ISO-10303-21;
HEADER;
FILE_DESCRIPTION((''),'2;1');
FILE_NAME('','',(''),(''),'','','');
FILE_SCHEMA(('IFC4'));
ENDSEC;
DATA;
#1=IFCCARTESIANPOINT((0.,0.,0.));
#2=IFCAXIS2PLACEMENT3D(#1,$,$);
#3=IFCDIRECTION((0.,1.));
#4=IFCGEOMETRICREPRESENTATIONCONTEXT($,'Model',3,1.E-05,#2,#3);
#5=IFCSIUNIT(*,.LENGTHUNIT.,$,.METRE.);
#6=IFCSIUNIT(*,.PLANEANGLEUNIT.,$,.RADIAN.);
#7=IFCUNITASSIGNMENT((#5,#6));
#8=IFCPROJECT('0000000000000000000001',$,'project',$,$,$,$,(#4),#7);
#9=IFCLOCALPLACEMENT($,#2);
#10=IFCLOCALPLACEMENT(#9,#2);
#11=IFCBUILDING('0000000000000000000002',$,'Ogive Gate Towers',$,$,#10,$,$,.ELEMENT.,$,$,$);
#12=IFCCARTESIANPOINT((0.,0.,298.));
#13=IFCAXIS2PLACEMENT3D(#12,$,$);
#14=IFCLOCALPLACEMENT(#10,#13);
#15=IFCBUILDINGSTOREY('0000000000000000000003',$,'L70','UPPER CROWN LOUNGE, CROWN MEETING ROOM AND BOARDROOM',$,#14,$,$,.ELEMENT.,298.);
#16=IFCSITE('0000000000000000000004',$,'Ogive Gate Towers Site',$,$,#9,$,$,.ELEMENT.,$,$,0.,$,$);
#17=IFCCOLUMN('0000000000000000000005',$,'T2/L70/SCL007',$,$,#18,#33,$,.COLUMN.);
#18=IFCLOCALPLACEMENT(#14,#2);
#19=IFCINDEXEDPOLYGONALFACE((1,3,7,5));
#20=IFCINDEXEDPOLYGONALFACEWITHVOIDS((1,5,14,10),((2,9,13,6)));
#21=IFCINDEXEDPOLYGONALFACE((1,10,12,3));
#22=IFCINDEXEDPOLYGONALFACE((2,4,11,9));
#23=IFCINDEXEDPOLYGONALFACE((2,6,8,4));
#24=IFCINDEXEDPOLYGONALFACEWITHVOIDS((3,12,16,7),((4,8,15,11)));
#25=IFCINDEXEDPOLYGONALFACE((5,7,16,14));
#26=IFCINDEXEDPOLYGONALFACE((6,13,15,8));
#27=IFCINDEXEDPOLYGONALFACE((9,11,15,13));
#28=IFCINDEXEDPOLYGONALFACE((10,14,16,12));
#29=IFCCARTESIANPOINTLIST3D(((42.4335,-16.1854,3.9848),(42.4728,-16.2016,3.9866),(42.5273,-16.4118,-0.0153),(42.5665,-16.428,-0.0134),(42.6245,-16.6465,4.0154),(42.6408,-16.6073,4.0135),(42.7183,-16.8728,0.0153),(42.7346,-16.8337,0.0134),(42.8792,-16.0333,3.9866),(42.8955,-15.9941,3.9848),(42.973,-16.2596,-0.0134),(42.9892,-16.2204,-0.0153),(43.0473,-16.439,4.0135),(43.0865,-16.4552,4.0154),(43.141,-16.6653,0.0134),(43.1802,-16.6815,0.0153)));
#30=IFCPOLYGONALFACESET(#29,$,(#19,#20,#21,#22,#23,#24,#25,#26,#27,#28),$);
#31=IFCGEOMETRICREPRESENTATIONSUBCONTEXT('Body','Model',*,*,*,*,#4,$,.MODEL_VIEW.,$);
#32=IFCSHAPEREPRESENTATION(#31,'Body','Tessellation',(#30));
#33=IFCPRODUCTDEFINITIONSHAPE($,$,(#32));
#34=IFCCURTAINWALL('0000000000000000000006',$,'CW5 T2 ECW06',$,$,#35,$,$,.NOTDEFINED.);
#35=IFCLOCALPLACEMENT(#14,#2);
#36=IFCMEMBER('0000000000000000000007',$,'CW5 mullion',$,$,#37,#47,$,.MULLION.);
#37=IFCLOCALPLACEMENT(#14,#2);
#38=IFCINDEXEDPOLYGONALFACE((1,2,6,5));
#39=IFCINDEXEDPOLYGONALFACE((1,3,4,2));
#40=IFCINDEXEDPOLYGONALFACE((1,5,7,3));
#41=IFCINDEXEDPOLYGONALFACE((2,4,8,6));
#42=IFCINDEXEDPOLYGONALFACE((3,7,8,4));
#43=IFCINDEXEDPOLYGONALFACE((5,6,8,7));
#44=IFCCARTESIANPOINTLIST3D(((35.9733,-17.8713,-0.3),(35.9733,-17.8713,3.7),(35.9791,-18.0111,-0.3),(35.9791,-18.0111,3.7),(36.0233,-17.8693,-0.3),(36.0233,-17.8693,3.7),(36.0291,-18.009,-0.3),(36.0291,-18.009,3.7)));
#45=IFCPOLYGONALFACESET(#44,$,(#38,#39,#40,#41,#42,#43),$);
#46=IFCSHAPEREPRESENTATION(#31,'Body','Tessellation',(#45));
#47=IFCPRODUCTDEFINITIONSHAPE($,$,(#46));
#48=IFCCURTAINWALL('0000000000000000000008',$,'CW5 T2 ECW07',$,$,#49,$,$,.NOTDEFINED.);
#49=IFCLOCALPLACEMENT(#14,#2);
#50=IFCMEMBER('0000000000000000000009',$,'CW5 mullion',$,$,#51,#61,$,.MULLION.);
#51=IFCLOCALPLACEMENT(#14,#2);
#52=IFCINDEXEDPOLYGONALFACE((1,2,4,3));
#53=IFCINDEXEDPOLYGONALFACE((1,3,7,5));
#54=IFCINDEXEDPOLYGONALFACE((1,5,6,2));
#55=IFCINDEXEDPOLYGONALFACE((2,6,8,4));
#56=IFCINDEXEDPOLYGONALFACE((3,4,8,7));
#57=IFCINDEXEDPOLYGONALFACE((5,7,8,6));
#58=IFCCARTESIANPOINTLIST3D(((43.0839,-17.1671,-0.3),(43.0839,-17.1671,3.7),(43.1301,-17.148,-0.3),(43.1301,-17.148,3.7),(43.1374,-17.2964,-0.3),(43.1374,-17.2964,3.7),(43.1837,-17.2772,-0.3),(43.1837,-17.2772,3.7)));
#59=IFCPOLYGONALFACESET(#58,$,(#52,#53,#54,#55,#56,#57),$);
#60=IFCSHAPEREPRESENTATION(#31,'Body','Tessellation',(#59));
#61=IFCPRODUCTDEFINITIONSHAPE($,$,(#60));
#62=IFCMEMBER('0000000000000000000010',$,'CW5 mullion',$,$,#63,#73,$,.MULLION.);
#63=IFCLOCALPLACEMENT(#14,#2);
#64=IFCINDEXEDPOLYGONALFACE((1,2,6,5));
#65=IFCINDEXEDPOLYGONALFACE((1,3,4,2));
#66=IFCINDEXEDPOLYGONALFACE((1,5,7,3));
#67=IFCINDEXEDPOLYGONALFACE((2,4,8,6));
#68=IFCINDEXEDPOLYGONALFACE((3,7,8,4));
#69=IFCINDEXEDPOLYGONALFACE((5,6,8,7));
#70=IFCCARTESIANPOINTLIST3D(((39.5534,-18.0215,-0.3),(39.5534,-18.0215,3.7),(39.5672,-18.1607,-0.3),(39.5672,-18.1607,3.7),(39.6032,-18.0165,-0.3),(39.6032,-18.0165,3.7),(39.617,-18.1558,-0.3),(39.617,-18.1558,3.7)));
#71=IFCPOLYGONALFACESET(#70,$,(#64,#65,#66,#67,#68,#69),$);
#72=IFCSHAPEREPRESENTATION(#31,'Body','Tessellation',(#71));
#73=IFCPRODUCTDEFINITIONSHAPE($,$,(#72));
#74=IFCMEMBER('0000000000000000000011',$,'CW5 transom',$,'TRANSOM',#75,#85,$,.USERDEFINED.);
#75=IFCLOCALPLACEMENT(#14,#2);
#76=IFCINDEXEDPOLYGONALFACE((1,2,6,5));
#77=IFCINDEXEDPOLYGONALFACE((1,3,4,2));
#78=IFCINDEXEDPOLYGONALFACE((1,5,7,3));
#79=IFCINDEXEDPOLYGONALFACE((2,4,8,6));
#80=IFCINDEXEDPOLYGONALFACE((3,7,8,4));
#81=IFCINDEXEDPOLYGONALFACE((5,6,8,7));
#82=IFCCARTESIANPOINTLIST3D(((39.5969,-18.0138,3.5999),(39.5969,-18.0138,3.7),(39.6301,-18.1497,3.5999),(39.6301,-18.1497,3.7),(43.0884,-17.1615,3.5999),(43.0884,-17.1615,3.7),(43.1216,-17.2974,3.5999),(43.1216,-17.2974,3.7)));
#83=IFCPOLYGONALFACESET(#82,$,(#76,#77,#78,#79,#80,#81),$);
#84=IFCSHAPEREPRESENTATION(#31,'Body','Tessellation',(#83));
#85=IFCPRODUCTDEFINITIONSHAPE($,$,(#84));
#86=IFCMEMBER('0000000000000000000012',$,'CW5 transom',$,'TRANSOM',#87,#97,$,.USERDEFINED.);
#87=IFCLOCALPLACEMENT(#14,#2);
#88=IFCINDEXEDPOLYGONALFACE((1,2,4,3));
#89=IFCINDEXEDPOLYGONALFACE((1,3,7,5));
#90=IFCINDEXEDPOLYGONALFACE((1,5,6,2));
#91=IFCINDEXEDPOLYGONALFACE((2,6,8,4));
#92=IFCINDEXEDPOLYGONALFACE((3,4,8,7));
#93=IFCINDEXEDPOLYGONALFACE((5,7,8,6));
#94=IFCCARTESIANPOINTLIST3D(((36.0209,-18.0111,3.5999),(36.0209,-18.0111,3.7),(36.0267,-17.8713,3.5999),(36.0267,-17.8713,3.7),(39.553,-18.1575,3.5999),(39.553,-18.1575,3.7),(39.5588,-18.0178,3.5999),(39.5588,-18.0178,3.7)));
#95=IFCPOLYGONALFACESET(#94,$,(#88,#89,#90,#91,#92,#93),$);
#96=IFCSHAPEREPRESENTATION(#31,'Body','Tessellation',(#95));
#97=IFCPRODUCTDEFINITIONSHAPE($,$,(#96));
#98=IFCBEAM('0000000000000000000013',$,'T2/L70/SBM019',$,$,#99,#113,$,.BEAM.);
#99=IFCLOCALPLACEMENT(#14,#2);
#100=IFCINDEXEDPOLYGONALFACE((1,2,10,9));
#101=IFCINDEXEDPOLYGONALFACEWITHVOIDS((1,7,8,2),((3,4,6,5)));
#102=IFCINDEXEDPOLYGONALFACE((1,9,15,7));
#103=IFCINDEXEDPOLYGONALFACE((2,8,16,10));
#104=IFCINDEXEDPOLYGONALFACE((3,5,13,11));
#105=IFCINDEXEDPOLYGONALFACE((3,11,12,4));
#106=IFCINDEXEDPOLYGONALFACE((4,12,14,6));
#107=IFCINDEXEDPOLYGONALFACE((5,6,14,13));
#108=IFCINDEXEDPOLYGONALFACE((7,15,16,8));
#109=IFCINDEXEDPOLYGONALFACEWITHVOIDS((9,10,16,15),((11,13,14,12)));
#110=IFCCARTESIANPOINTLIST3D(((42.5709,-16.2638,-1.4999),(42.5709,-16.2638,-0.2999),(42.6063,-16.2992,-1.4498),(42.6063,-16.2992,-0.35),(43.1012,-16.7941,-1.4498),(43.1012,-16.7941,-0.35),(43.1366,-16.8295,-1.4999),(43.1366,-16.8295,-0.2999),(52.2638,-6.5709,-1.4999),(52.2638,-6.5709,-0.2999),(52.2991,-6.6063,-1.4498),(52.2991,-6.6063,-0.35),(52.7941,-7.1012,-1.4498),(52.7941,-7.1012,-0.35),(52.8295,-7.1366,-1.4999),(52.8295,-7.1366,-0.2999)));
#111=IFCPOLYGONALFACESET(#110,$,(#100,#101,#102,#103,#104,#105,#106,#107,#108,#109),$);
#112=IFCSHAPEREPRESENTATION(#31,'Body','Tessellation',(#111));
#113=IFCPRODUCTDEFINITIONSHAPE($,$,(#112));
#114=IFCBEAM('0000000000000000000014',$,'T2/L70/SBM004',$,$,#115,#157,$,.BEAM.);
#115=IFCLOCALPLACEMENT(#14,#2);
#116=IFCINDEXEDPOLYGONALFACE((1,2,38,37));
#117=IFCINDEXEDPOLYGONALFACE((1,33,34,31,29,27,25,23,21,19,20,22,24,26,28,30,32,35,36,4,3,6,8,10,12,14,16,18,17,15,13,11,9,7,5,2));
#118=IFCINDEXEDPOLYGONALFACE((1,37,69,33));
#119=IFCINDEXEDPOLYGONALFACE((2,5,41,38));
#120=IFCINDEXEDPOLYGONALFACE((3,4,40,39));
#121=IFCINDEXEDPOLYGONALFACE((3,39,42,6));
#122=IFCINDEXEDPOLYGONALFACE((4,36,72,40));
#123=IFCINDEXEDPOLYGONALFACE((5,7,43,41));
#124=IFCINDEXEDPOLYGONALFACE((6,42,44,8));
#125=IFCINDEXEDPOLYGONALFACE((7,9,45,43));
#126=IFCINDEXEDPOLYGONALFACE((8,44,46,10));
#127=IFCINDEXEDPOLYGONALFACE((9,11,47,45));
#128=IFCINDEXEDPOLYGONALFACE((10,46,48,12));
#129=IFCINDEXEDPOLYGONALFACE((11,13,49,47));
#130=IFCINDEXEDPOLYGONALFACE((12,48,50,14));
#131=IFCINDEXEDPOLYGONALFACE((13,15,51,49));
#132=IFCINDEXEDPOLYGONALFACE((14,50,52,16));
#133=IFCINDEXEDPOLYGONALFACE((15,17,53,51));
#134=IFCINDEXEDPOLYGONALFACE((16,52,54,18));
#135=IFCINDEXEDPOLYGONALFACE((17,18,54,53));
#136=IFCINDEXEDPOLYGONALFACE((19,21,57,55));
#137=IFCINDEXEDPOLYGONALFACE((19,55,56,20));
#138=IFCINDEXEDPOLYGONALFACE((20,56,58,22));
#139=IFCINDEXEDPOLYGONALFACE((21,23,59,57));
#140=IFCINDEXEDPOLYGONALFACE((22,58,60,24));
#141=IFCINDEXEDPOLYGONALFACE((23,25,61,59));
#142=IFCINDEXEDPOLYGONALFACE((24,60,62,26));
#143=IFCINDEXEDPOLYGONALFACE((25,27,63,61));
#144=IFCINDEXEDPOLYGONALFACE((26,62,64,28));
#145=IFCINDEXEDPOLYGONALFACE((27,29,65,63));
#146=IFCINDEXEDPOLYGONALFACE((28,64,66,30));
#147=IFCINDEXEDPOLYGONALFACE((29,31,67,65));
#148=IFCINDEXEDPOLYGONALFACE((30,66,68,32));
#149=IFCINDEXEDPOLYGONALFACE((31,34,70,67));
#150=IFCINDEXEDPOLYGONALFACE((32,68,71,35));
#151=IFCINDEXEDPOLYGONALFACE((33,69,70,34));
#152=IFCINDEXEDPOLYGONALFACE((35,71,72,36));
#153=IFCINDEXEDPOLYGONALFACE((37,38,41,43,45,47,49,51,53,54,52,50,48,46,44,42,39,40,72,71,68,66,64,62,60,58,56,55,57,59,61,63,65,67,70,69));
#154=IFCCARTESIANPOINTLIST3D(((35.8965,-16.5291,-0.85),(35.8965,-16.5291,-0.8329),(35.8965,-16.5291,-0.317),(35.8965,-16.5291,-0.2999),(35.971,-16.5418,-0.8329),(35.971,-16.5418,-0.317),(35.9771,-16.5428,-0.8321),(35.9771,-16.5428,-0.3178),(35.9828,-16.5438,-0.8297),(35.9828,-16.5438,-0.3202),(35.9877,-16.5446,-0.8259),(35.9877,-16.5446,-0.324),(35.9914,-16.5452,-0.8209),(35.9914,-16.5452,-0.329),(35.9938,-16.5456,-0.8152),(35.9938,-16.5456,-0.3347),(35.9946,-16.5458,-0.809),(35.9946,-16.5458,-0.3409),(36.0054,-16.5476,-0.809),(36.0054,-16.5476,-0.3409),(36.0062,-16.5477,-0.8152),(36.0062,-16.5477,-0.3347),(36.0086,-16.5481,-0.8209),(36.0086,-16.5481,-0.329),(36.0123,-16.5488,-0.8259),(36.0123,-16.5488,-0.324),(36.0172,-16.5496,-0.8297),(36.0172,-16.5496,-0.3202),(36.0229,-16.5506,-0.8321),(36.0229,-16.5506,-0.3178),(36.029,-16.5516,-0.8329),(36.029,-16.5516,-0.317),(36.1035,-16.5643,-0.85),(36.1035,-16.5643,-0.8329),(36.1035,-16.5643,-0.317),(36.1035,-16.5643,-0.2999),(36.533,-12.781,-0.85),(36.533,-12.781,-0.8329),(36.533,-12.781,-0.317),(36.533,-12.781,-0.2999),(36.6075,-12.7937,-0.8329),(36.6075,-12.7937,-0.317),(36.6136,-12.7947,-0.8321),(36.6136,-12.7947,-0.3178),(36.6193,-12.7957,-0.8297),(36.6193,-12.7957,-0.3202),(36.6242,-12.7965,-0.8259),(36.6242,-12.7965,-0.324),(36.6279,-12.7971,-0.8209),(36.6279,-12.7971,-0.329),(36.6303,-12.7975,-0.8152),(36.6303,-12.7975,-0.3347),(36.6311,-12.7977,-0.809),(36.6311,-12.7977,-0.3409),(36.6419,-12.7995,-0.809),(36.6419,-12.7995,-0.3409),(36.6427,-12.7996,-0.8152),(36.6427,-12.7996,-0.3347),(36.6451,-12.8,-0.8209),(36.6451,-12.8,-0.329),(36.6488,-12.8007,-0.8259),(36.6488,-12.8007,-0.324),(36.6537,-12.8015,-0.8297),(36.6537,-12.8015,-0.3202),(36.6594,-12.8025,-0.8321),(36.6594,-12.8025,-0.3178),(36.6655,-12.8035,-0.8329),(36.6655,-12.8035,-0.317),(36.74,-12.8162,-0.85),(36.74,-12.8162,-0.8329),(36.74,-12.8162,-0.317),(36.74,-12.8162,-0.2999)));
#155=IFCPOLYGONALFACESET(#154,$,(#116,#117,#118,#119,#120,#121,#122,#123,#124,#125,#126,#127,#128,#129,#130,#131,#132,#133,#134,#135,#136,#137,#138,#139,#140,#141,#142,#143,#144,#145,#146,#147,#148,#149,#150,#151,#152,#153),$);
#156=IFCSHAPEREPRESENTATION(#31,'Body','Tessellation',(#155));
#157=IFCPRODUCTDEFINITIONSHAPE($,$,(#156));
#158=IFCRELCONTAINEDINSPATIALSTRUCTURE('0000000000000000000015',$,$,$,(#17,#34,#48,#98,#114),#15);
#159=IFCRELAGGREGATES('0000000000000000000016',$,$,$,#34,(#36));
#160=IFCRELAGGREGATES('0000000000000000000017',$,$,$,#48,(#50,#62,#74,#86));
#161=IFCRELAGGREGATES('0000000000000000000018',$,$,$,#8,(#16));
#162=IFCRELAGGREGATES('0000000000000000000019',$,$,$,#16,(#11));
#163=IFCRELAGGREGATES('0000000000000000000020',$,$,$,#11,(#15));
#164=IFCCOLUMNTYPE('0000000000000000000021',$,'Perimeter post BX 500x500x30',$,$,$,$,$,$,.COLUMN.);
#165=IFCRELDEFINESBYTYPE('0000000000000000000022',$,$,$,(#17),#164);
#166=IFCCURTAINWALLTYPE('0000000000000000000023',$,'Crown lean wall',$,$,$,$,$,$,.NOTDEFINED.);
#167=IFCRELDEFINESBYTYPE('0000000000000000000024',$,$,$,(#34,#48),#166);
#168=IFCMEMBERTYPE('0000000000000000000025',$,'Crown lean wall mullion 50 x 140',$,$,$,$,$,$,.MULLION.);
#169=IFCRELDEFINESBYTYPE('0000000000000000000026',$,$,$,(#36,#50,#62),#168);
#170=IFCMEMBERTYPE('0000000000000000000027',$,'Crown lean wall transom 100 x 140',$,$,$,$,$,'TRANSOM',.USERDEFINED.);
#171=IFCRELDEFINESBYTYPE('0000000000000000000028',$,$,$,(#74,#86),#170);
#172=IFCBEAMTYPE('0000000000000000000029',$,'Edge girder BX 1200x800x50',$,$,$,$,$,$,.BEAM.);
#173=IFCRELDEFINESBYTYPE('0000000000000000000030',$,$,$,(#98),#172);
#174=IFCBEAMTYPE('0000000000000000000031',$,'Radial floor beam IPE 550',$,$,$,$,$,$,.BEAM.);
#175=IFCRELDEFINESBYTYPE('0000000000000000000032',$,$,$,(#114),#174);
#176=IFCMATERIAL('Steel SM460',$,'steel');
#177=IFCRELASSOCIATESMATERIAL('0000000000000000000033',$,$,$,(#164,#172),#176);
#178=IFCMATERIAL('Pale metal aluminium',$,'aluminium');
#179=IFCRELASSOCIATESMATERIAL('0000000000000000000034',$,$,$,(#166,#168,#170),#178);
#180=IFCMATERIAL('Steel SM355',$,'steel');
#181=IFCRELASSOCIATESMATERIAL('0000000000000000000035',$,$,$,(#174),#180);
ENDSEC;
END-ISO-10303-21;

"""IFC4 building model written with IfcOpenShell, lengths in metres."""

from ifc_helpers import new_model, si_unit, direction, frame, origin, origin_2d, place, context, subcontext, project, spatial, rectangle, hollow_rectangle, i_section, extrude, material, material_profile, profile_set, type_object, element, aggregate, save


model = new_model("IFC4")

# Units and contexts
model_context = context("Model", 3, precision=1e-05, world=origin(), true_north=direction((0.0, 1.0)))
body_context = subcontext(model_context, "Body", "Model", "MODEL_VIEW")
ifc_project = project(units=[si_unit("LENGTHUNIT", "METRE"), si_unit("PLANEANGLEUNIT", "RADIAN")], contexts=[model_context])

# Site, building, storey
site_placement = place(None, origin())
site = spatial("IfcSite", under=ifc_project, at=site_placement, Name="Ogive Gate Towers Site", CompositionType="ELEMENT", RefElevation=0.0)
building_placement = place(site_placement, origin())
building = spatial("IfcBuilding", under=site, at=building_placement, Name="Ogive Gate Towers", CompositionType="ELEMENT")
storey_placement = place(building_placement, frame((0.0, 0.0, 298.0)))
storey = spatial("IfcBuildingStorey", under=building, at=storey_placement, Name="L70", Description="UPPER CROWN LOUNGE, CROWN MEETING ROOM AND BOARDROOM", CompositionType="ELEMENT", Elevation=298.0)

# Column
ifc_material_1 = material(Name="Steel SM460", Category="steel")
ifc_material_profile_1 = material_profile(ifc_material_1, hollow_rectangle(XDim=0.5, YDim=0.5, WallThickness=0.03, at=origin_2d()), Name="BX 500x500x30")
ifc_profile_set_1 = profile_set([ifc_material_profile_1], Name="Steel SM460")
column_type = type_object("IfcColumnType", Name="Perimeter post BX 500x500x30", PredefinedType="COLUMN", material=ifc_profile_set_1)
column_placement = place(storey_placement, frame((42.8538, -16.5466, 0.0), z_axis=(-0.023394, 0.056474, 0.99813), x_axis=(-0.923871, -0.382704, 0.0)))
element("IfcColumn", 1, at=column_placement, inside=storey, type_object=column_type, Name="T2/L70/SCL007", PredefinedType="COLUMN", context=body_context, shape_type="SweptSolid", body=[
    extrude(hollow_rectangle(XDim=0.5, YDim=0.5, WallThickness=0.03, at=origin_2d()), origin(), (0.0, 0.0, 1.0), 4.0076),
])

# Curtain wall, member
ifc_material_2 = material(Name="Pale metal aluminium", Category="aluminium")
curtain_wall_type = type_object("IfcCurtainWallType", Name="Crown lean wall", PredefinedType="NOTDEFINED", material=ifc_material_2)
curtain_wall_1_placement = place(storey_placement, origin())
curtain_wall_1 = element("IfcCurtainWall", 2, at=curtain_wall_1_placement, inside=storey, type_object=curtain_wall_type, Name="CW5 T2 ECW06", PredefinedType="NOTDEFINED")
ifc_material_profile_2 = material_profile(ifc_material_2, rectangle(XDim=0.1399, YDim=0.05, at=origin_2d()), Name="50 x 140 aluminium box")
ifc_profile_set_2 = profile_set([ifc_material_profile_2], Name="Pale metal aluminium")
member_type_1 = type_object("IfcMemberType", Name="Crown lean wall mullion 50 x 140", PredefinedType="MULLION", material=ifc_profile_set_2)
member_1_placement = place(storey_placement, frame((36.0012, -17.9402, -0.3), z_axis=(0.0, 0.0, 1.0), x_axis=(-0.04144, 0.999141, 0.0)))
member_1 = element("IfcMember", 3, at=member_1_placement, type_object=member_type_1, Name="CW5 mullion", PredefinedType="MULLION", context=body_context, shape_type="SweptSolid", body=[
    extrude(rectangle(XDim=0.1399, YDim=0.05, at=origin_2d()), origin(), (0.0, 0.0, 1.0), 4.0),
])
aggregate(curtain_wall_1, [member_1])

# Curtain wall, members
curtain_wall_2_placement = place(storey_placement, origin())
curtain_wall_2 = element("IfcCurtainWall", 4, at=curtain_wall_2_placement, inside=storey, type_object=curtain_wall_type, Name="CW5 T2 ECW07", PredefinedType="NOTDEFINED")
member_2_placement = place(storey_placement, frame((43.1338, -17.2222, -0.3), z_axis=(0.0, 0.0, 1.0), x_axis=(-0.382683, 0.92388, 0.0)))
member_2 = element("IfcMember", 5, at=member_2_placement, type_object=member_type_1, Name="CW5 mullion", PredefinedType="MULLION", context=body_context, shape_type="SweptSolid", body=[
    extrude(rectangle(XDim=0.1399, YDim=0.05, at=origin_2d()), origin(), (0.0, 0.0, 1.0), 4.0),
])
member_3_placement = place(storey_placement, frame((39.5852, -18.0886, -0.3), z_axis=(0.0, 0.0, 1.0), x_axis=(-0.098833, 0.995104, 0.0)))
member_3 = element("IfcMember", 6, at=member_3_placement, type_object=member_type_1, Name="CW5 mullion", PredefinedType="MULLION", context=body_context, shape_type="SweptSolid", body=[
    extrude(rectangle(XDim=0.1399, YDim=0.05, at=origin_2d()), origin(), (0.0, 0.0, 1.0), 4.0),
])
ifc_material_profile_3 = material_profile(ifc_material_2, rectangle(XDim=0.1399, YDim=0.1001, at=origin_2d()), Name="100 x 140 aluminium box")
ifc_profile_set_3 = profile_set([ifc_material_profile_3], Name="Pale metal aluminium")
member_type_2 = type_object("IfcMemberType", Name="Crown lean wall transom 100 x 140", ElementType="TRANSOM", PredefinedType="USERDEFINED", material=ifc_profile_set_3)
member_4_placement = place(storey_placement, frame((43.105, -17.2295, 3.6499), z_axis=(-0.971474, -0.237145, 0.0), x_axis=(0.237145, -0.971474, 0.0)))
member_4 = element("IfcMember", 7, at=member_4_placement, type_object=member_type_2, Name="CW5 transom", ObjectType="TRANSOM", PredefinedType="USERDEFINED", context=body_context, shape_type="SweptSolid", body=[
    extrude(rectangle(XDim=0.1399, YDim=0.1001, at=origin_2d()), origin(), (0.0, 0.0, 1.0), 3.594),
])
member_5_placement = place(storey_placement, frame((39.5559, -18.0876, 3.6499), z_axis=(-0.999141, 0.041435, 0.0), x_axis=(-0.041435, -0.999141, 0.0)))
member_5 = element("IfcMember", 8, at=member_5_placement, type_object=member_type_2, Name="CW5 transom", ObjectType="TRANSOM", PredefinedType="USERDEFINED", context=body_context, shape_type="SweptSolid", body=[
    extrude(rectangle(XDim=0.1399, YDim=0.1001, at=origin_2d()), origin(), (0.0, 0.0, 1.0), 3.5352),
])

# Beams
ifc_material_profile_4 = material_profile(ifc_material_1, hollow_rectangle(XDim=0.8, YDim=1.2, WallThickness=0.05, at=origin_2d()), Name="BX 1200x800x50")
ifc_profile_set_4 = profile_set([ifc_material_profile_4], Name="Steel SM460")
beam_type_1 = type_object("IfcBeamType", Name="Edge girder BX 1200x800x50", PredefinedType="BEAM", material=ifc_profile_set_4)
beam_1_placement = place(storey_placement, frame((42.8538, -16.5466, -0.8999), z_axis=(0.707107, 0.707107, 0.0), x_axis=(-0.707107, 0.707107, 0.0)))
element("IfcBeam", 9, at=beam_1_placement, inside=storey, type_object=beam_type_1, Name="T2/L70/SBM019", PredefinedType="BEAM", context=body_context, shape_type="SweptSolid", body=[
    extrude(hollow_rectangle(XDim=0.8, YDim=1.2, WallThickness=0.05, at=origin_2d()), origin(), (0.0, 0.0, 1.0), 13.7078),
])
ifc_material_3 = material(Name="Steel SM355", Category="steel")
ifc_material_profile_5 = material_profile(ifc_material_3, i_section(OverallWidth=0.21, OverallDepth=0.55, WebThickness=0.011, FlangeThickness=0.0171, FilletRadius=0.0239, at=origin_2d()), Name="IPE 550")
ifc_profile_set_5 = profile_set([ifc_material_profile_5], Name="Steel SM355")
beam_type_2 = type_object("IfcBeamType", Name="Radial floor beam IPE 550", PredefinedType="BEAM", material=ifc_profile_set_5)
beam_2_placement = place(storey_placement, frame((36.6365, -12.7986, -0.575), z_axis=(-0.167418, -0.985886, 0.0), x_axis=(0.985886, -0.167418, 0.0)))
element("IfcBeam", 10, at=beam_2_placement, inside=storey, type_object=beam_type_2, Name="T2/L70/SBM004", PredefinedType="BEAM", context=body_context, shape_type="SweptSolid", body=[
    extrude(i_section(OverallWidth=0.21, OverallDepth=0.55, WebThickness=0.011, FlangeThickness=0.0171, FilletRadius=0.0239, at=origin_2d()), origin(), (0.0, 0.0, 1.0), 3.8018),
])

aggregate(curtain_wall_2, [member_2, member_3, member_4, member_5])

save(model, "model.ifc")
